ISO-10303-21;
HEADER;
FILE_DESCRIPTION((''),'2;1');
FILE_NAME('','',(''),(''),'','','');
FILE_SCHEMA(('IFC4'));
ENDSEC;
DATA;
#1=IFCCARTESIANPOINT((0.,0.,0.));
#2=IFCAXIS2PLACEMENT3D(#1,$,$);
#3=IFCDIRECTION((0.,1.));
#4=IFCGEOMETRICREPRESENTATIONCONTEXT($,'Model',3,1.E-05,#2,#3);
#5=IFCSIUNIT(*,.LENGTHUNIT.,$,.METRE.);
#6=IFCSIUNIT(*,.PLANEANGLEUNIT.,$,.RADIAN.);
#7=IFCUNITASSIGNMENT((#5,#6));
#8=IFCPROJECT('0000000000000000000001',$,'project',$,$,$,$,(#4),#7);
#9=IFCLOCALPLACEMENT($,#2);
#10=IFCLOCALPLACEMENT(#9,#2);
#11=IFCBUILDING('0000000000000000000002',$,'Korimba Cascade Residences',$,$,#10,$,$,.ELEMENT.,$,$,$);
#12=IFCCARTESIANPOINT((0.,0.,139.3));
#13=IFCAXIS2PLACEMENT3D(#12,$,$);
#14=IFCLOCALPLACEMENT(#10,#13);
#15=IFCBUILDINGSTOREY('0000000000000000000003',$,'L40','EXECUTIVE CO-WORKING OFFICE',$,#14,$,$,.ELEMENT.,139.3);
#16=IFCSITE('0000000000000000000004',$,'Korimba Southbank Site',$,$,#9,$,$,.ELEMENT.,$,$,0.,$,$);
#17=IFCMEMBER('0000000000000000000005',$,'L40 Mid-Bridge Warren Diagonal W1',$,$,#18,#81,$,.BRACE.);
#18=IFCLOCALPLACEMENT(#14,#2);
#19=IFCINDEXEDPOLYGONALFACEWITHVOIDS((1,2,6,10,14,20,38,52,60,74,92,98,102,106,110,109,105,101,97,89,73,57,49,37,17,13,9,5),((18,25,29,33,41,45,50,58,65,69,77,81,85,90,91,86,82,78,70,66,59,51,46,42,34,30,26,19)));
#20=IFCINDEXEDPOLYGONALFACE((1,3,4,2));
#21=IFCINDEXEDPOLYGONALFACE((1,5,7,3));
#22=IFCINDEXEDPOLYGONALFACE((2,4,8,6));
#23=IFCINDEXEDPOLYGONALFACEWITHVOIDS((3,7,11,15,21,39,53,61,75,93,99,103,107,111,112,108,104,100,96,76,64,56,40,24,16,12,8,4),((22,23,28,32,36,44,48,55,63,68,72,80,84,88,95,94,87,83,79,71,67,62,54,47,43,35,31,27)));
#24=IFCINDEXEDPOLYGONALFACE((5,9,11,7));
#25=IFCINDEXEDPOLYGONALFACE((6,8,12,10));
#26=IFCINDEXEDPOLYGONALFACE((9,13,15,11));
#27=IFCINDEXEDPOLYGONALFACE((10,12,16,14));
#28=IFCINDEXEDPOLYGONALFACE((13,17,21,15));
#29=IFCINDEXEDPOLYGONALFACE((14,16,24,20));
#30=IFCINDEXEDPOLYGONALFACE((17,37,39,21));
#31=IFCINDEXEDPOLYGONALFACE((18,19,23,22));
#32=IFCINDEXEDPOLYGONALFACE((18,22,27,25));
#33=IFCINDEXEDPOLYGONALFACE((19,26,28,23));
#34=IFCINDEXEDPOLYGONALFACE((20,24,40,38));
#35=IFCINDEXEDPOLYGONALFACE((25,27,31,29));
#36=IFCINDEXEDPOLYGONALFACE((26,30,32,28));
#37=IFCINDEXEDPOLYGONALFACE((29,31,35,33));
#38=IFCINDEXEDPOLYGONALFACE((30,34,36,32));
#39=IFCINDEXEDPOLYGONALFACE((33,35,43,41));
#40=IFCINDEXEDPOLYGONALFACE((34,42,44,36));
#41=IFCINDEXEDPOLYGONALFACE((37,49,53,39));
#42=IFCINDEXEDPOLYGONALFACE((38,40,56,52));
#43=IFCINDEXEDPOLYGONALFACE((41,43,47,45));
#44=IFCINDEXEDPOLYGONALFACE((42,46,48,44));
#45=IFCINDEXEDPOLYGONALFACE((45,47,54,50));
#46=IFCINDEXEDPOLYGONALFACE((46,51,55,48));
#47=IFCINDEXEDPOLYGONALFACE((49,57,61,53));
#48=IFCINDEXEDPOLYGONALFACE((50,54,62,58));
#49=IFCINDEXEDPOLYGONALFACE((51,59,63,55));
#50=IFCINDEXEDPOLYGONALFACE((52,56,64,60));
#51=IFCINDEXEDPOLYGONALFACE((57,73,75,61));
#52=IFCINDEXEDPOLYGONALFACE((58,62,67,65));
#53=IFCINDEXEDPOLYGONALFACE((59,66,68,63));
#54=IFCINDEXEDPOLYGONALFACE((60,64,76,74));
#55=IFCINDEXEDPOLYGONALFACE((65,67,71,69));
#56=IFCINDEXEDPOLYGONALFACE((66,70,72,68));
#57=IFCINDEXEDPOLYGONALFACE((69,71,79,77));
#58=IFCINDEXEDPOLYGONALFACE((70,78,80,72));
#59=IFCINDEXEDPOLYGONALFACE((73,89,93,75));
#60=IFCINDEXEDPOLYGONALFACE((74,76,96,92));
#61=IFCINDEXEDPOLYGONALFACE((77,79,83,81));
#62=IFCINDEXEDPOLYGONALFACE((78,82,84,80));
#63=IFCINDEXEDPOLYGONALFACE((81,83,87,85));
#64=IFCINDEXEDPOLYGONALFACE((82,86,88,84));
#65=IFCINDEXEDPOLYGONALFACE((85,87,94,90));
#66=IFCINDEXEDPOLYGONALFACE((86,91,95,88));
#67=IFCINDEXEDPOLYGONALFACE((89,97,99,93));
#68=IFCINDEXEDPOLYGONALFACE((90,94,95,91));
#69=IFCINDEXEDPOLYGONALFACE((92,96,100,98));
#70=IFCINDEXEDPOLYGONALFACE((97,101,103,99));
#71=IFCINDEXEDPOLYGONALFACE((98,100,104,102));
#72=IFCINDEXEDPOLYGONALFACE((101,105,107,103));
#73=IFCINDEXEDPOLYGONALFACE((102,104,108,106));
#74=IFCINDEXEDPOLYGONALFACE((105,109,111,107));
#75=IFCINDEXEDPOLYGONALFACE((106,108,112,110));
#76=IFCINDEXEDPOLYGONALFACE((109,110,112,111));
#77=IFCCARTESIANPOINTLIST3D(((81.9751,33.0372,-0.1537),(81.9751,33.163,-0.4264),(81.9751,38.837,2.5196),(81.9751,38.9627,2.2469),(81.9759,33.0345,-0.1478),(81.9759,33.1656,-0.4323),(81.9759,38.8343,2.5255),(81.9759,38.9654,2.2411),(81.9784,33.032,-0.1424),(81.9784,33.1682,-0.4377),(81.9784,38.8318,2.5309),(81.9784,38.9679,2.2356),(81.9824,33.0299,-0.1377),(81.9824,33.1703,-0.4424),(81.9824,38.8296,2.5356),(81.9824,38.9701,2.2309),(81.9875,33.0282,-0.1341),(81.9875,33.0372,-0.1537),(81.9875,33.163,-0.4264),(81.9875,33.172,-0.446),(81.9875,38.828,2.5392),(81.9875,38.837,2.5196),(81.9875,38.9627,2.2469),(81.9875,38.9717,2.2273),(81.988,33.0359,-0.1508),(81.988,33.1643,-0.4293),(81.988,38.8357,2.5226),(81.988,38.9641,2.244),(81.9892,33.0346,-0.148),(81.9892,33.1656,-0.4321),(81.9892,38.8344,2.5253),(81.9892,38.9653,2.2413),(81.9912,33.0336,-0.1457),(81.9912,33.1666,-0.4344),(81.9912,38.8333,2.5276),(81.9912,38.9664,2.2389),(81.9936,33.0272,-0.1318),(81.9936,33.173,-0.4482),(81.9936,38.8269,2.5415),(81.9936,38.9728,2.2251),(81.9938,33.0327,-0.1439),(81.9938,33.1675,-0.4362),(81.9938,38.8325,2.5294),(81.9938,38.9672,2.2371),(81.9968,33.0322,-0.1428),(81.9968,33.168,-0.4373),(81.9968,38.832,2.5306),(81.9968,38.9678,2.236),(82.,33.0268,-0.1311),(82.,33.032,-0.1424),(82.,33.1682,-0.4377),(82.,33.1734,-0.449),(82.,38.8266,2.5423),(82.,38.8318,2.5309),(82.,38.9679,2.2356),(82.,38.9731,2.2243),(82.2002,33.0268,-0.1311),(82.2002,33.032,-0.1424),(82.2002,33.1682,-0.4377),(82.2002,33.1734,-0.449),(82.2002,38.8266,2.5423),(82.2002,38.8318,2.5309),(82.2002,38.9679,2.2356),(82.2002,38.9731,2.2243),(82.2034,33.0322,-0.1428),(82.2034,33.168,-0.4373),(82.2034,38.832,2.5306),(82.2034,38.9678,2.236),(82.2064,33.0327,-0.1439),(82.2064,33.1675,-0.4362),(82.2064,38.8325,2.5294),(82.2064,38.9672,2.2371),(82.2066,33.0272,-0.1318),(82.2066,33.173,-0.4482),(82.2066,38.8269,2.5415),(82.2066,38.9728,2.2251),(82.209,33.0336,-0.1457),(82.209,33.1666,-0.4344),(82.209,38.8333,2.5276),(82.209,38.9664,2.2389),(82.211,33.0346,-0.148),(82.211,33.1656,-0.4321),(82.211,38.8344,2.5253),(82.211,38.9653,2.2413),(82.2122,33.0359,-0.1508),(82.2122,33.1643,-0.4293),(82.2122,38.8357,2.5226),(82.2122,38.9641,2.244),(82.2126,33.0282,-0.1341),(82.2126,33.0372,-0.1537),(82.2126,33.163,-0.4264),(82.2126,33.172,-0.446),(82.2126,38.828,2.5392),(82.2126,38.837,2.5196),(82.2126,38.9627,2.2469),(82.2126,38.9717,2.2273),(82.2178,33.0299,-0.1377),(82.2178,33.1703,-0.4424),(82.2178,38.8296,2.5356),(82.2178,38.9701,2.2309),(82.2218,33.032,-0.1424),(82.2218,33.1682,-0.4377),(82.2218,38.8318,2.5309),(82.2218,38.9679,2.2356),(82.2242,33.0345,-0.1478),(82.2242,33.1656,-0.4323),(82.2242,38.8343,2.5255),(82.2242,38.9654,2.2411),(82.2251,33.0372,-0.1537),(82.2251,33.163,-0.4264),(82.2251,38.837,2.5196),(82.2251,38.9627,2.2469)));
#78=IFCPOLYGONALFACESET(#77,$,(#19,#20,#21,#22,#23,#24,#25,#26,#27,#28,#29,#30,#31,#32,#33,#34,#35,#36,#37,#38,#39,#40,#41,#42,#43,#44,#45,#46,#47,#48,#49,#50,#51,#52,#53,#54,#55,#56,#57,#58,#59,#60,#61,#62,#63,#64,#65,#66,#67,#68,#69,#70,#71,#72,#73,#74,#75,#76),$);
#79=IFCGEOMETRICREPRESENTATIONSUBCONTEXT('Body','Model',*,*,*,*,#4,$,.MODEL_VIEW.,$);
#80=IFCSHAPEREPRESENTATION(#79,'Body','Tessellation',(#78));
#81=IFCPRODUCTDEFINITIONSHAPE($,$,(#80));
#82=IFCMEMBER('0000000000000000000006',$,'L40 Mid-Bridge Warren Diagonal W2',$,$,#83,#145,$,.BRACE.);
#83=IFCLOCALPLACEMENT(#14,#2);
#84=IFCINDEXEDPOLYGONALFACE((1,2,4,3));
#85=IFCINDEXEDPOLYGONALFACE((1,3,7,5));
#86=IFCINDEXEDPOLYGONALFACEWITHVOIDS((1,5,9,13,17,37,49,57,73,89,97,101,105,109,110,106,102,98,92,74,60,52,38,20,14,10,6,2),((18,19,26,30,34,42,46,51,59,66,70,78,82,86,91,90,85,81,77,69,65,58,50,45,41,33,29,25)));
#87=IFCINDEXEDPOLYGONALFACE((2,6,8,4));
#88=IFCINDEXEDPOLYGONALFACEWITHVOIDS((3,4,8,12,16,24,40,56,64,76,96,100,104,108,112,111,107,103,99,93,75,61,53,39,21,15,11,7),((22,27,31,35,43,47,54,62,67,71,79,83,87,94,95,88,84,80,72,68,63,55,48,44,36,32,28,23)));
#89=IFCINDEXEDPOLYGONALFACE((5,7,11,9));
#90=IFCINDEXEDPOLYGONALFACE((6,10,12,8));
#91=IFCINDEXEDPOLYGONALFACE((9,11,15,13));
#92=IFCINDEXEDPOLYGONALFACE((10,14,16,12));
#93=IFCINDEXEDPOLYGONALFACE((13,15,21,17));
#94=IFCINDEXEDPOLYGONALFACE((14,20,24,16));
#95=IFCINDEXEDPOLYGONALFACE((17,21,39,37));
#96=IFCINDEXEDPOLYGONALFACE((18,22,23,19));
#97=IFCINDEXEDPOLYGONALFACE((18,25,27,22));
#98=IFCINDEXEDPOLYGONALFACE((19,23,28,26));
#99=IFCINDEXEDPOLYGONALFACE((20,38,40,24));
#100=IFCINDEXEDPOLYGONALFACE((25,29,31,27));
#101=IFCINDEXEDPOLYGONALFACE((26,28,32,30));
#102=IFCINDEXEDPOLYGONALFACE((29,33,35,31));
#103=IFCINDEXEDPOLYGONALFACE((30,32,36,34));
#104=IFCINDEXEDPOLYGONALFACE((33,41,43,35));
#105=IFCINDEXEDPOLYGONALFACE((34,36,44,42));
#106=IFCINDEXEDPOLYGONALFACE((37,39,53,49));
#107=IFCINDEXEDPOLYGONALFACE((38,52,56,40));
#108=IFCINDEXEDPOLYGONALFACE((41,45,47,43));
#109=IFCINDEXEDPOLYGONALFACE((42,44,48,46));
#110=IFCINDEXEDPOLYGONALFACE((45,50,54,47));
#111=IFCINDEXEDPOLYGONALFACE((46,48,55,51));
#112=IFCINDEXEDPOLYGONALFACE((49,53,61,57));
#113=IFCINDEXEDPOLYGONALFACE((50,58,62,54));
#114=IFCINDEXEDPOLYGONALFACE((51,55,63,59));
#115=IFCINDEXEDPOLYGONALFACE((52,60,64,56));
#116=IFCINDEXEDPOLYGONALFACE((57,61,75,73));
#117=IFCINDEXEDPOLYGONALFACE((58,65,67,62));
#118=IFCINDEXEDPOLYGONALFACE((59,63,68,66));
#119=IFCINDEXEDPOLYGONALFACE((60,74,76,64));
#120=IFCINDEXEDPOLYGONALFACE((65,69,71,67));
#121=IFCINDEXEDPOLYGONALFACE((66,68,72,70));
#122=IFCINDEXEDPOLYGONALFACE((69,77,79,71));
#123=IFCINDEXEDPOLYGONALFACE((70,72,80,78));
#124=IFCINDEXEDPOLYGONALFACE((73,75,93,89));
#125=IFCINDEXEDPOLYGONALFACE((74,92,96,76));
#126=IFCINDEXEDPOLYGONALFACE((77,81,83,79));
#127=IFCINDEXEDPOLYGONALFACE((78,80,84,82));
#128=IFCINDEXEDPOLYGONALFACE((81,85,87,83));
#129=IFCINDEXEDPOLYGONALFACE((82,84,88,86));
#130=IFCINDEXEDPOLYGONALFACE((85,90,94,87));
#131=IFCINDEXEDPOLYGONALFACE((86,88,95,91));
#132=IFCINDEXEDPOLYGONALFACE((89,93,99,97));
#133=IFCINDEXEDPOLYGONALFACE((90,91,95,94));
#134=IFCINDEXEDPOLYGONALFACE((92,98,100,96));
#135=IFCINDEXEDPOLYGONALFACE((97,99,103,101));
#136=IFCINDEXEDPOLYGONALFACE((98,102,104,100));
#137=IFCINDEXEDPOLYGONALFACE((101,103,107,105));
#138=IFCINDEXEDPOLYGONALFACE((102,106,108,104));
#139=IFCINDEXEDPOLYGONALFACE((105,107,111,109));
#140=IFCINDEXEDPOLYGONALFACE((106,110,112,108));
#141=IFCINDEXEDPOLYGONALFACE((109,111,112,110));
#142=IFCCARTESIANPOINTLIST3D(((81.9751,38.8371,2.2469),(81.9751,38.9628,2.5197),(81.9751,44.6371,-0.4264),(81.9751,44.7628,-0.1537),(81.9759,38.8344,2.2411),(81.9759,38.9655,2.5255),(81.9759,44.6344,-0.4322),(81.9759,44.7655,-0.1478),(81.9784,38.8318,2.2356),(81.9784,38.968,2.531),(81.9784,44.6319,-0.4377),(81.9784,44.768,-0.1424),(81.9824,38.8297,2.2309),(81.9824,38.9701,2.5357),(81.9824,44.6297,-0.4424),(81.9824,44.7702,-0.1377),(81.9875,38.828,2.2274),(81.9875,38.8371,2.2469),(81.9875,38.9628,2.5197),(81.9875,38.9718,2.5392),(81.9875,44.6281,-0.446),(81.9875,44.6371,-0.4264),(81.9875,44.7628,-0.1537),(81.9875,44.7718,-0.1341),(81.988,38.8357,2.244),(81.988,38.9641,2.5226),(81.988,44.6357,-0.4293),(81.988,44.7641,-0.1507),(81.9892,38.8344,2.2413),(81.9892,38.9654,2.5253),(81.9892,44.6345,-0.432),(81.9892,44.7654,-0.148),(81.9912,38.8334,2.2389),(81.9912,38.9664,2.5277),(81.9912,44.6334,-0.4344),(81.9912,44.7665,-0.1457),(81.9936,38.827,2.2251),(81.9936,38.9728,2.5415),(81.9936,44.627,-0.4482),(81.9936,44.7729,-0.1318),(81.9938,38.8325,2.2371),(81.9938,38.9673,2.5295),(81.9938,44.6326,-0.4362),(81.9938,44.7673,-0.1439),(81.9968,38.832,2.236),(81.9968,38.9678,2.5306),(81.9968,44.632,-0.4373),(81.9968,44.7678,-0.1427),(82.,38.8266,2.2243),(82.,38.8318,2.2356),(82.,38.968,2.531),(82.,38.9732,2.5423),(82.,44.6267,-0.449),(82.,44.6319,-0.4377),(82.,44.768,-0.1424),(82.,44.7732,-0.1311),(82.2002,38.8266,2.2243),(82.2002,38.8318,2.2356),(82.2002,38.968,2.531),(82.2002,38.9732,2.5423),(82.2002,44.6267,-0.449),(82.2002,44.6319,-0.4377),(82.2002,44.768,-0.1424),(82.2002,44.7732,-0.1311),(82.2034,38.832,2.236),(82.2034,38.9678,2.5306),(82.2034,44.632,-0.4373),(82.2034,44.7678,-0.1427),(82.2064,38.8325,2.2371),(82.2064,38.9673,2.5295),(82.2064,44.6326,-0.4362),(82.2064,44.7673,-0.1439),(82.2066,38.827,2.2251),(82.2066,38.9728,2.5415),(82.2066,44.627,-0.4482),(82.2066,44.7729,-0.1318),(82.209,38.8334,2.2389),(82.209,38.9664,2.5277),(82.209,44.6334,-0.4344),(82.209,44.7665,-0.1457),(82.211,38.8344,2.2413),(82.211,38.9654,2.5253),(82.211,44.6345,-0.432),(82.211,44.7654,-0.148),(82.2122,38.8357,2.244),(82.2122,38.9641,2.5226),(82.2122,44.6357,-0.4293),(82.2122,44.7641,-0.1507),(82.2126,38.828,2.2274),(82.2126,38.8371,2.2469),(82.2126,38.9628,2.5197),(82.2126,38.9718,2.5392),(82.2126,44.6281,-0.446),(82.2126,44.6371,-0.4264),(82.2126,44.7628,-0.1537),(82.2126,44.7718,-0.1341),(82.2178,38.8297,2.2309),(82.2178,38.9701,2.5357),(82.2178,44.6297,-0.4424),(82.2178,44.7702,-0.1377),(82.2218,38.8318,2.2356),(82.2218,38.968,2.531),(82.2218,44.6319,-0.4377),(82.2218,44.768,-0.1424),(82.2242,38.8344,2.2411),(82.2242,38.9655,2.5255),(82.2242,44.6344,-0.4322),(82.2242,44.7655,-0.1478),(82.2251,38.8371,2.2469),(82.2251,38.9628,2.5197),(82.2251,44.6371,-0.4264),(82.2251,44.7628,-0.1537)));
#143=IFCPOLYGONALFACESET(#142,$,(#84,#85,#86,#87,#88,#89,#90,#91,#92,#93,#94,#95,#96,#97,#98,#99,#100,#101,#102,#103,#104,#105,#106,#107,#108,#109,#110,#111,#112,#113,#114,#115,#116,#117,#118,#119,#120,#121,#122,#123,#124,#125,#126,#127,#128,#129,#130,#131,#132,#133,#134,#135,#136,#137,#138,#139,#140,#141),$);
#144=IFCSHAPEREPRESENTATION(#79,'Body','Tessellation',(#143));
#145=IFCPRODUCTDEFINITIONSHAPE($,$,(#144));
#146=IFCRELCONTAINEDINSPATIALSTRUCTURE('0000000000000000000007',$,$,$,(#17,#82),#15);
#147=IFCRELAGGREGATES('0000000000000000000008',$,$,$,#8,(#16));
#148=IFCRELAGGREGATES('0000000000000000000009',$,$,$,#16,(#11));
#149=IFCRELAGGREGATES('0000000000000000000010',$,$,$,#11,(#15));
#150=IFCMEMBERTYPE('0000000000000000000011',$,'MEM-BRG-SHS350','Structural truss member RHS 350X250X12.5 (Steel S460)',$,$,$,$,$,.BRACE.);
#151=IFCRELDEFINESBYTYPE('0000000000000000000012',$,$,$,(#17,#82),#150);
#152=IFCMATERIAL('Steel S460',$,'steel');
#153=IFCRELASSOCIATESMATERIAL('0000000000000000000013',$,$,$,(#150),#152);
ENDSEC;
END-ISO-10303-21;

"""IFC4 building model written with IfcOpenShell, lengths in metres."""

from ifc_helpers import new_model, si_unit, direction, frame, origin, origin_2d, place, context, subcontext, project, spatial, hollow_rectangle, extrude, material, material_profile, profile_set, type_object, element, save


model = new_model("IFC4")

# Units and contexts
model_context = context("Model", 3, precision=1e-05, world=origin(), true_north=direction((0.0, 1.0)))
body_context = subcontext(model_context, "Body", "Model", "MODEL_VIEW")
ifc_project = project(units=[si_unit("LENGTHUNIT", "METRE"), si_unit("PLANEANGLEUNIT", "RADIAN")], contexts=[model_context])

# Site, building, storey
site_placement = place(None, origin())
site = spatial("IfcSite", under=ifc_project, at=site_placement, Name="Korimba Southbank Site", CompositionType="ELEMENT", RefElevation=0.0)
building_placement = place(site_placement, origin())
building = spatial("IfcBuilding", under=site, at=building_placement, Name="Korimba Cascade Residences", CompositionType="ELEMENT")
storey_placement = place(building_placement, frame((0.0, 0.0, 139.3)))
storey = spatial("IfcBuildingStorey", under=building, at=storey_placement, Name="L40", Description="EXECUTIVE CO-WORKING OFFICE", CompositionType="ELEMENT", Elevation=139.3)

# Shared definitions
ifc_material_1 = material(Name="Steel S460", Category="steel")

# Members
ifc_material_profile_1 = material_profile(ifc_material_1, hollow_rectangle(XDim=0.25, YDim=0.3501, WallThickness=0.0125, InnerFilletRadius=0.0125, OuterFilletRadius=0.0249, at=origin_2d()), Name="Steel S460")
ifc_profile_set_1 = profile_set([ifc_material_profile_1], Name="Steel S460")
member_type_1 = type_object("IfcMemberType", Name="MEM-BRG-SHS350", Description="Structural truss member RHS 350X250X12.5 (Steel S460)", PredefinedType="BRACE", material=ifc_profile_set_1)
member_1_placement = place(storey_placement, frame((82.1001, 33.1001, -0.29), z_axis=(0.0, 0.908167, 0.418607), x_axis=(-1.0, 0.0, 0.0)))
element("IfcMember", 1, at=member_1_placement, inside=storey, type_object=member_type_1, Name="L40 Mid-Bridge Warren Diagonal W1", PredefinedType="BRACE", context=body_context, shape_type="SweptSolid", body=[
    extrude(hollow_rectangle(XDim=0.25, YDim=0.3501, WallThickness=0.0125, InnerFilletRadius=0.0125, OuterFilletRadius=0.0249, at=origin_2d()), origin(), (0.0, 0.0, 1.0), 6.3862),
])
member_2_placement = place(storey_placement, frame((82.1001, 38.8999, 2.3833), z_axis=(0.0, 0.908174, -0.418593), x_axis=(-1.0, 0.0, 0.0)))
element("IfcMember", 2, at=member_2_placement, inside=storey, type_object=member_type_1, Name="L40 Mid-Bridge Warren Diagonal W2", PredefinedType="BRACE", context=body_context, shape_type="SweptSolid", body=[
    extrude(hollow_rectangle(XDim=0.25, YDim=0.3501, WallThickness=0.0125, InnerFilletRadius=0.0125, OuterFilletRadius=0.0249, at=origin_2d()), origin(), (0.0, 0.0, 1.0), 6.3865),
])

save(model, "model.ifc")
